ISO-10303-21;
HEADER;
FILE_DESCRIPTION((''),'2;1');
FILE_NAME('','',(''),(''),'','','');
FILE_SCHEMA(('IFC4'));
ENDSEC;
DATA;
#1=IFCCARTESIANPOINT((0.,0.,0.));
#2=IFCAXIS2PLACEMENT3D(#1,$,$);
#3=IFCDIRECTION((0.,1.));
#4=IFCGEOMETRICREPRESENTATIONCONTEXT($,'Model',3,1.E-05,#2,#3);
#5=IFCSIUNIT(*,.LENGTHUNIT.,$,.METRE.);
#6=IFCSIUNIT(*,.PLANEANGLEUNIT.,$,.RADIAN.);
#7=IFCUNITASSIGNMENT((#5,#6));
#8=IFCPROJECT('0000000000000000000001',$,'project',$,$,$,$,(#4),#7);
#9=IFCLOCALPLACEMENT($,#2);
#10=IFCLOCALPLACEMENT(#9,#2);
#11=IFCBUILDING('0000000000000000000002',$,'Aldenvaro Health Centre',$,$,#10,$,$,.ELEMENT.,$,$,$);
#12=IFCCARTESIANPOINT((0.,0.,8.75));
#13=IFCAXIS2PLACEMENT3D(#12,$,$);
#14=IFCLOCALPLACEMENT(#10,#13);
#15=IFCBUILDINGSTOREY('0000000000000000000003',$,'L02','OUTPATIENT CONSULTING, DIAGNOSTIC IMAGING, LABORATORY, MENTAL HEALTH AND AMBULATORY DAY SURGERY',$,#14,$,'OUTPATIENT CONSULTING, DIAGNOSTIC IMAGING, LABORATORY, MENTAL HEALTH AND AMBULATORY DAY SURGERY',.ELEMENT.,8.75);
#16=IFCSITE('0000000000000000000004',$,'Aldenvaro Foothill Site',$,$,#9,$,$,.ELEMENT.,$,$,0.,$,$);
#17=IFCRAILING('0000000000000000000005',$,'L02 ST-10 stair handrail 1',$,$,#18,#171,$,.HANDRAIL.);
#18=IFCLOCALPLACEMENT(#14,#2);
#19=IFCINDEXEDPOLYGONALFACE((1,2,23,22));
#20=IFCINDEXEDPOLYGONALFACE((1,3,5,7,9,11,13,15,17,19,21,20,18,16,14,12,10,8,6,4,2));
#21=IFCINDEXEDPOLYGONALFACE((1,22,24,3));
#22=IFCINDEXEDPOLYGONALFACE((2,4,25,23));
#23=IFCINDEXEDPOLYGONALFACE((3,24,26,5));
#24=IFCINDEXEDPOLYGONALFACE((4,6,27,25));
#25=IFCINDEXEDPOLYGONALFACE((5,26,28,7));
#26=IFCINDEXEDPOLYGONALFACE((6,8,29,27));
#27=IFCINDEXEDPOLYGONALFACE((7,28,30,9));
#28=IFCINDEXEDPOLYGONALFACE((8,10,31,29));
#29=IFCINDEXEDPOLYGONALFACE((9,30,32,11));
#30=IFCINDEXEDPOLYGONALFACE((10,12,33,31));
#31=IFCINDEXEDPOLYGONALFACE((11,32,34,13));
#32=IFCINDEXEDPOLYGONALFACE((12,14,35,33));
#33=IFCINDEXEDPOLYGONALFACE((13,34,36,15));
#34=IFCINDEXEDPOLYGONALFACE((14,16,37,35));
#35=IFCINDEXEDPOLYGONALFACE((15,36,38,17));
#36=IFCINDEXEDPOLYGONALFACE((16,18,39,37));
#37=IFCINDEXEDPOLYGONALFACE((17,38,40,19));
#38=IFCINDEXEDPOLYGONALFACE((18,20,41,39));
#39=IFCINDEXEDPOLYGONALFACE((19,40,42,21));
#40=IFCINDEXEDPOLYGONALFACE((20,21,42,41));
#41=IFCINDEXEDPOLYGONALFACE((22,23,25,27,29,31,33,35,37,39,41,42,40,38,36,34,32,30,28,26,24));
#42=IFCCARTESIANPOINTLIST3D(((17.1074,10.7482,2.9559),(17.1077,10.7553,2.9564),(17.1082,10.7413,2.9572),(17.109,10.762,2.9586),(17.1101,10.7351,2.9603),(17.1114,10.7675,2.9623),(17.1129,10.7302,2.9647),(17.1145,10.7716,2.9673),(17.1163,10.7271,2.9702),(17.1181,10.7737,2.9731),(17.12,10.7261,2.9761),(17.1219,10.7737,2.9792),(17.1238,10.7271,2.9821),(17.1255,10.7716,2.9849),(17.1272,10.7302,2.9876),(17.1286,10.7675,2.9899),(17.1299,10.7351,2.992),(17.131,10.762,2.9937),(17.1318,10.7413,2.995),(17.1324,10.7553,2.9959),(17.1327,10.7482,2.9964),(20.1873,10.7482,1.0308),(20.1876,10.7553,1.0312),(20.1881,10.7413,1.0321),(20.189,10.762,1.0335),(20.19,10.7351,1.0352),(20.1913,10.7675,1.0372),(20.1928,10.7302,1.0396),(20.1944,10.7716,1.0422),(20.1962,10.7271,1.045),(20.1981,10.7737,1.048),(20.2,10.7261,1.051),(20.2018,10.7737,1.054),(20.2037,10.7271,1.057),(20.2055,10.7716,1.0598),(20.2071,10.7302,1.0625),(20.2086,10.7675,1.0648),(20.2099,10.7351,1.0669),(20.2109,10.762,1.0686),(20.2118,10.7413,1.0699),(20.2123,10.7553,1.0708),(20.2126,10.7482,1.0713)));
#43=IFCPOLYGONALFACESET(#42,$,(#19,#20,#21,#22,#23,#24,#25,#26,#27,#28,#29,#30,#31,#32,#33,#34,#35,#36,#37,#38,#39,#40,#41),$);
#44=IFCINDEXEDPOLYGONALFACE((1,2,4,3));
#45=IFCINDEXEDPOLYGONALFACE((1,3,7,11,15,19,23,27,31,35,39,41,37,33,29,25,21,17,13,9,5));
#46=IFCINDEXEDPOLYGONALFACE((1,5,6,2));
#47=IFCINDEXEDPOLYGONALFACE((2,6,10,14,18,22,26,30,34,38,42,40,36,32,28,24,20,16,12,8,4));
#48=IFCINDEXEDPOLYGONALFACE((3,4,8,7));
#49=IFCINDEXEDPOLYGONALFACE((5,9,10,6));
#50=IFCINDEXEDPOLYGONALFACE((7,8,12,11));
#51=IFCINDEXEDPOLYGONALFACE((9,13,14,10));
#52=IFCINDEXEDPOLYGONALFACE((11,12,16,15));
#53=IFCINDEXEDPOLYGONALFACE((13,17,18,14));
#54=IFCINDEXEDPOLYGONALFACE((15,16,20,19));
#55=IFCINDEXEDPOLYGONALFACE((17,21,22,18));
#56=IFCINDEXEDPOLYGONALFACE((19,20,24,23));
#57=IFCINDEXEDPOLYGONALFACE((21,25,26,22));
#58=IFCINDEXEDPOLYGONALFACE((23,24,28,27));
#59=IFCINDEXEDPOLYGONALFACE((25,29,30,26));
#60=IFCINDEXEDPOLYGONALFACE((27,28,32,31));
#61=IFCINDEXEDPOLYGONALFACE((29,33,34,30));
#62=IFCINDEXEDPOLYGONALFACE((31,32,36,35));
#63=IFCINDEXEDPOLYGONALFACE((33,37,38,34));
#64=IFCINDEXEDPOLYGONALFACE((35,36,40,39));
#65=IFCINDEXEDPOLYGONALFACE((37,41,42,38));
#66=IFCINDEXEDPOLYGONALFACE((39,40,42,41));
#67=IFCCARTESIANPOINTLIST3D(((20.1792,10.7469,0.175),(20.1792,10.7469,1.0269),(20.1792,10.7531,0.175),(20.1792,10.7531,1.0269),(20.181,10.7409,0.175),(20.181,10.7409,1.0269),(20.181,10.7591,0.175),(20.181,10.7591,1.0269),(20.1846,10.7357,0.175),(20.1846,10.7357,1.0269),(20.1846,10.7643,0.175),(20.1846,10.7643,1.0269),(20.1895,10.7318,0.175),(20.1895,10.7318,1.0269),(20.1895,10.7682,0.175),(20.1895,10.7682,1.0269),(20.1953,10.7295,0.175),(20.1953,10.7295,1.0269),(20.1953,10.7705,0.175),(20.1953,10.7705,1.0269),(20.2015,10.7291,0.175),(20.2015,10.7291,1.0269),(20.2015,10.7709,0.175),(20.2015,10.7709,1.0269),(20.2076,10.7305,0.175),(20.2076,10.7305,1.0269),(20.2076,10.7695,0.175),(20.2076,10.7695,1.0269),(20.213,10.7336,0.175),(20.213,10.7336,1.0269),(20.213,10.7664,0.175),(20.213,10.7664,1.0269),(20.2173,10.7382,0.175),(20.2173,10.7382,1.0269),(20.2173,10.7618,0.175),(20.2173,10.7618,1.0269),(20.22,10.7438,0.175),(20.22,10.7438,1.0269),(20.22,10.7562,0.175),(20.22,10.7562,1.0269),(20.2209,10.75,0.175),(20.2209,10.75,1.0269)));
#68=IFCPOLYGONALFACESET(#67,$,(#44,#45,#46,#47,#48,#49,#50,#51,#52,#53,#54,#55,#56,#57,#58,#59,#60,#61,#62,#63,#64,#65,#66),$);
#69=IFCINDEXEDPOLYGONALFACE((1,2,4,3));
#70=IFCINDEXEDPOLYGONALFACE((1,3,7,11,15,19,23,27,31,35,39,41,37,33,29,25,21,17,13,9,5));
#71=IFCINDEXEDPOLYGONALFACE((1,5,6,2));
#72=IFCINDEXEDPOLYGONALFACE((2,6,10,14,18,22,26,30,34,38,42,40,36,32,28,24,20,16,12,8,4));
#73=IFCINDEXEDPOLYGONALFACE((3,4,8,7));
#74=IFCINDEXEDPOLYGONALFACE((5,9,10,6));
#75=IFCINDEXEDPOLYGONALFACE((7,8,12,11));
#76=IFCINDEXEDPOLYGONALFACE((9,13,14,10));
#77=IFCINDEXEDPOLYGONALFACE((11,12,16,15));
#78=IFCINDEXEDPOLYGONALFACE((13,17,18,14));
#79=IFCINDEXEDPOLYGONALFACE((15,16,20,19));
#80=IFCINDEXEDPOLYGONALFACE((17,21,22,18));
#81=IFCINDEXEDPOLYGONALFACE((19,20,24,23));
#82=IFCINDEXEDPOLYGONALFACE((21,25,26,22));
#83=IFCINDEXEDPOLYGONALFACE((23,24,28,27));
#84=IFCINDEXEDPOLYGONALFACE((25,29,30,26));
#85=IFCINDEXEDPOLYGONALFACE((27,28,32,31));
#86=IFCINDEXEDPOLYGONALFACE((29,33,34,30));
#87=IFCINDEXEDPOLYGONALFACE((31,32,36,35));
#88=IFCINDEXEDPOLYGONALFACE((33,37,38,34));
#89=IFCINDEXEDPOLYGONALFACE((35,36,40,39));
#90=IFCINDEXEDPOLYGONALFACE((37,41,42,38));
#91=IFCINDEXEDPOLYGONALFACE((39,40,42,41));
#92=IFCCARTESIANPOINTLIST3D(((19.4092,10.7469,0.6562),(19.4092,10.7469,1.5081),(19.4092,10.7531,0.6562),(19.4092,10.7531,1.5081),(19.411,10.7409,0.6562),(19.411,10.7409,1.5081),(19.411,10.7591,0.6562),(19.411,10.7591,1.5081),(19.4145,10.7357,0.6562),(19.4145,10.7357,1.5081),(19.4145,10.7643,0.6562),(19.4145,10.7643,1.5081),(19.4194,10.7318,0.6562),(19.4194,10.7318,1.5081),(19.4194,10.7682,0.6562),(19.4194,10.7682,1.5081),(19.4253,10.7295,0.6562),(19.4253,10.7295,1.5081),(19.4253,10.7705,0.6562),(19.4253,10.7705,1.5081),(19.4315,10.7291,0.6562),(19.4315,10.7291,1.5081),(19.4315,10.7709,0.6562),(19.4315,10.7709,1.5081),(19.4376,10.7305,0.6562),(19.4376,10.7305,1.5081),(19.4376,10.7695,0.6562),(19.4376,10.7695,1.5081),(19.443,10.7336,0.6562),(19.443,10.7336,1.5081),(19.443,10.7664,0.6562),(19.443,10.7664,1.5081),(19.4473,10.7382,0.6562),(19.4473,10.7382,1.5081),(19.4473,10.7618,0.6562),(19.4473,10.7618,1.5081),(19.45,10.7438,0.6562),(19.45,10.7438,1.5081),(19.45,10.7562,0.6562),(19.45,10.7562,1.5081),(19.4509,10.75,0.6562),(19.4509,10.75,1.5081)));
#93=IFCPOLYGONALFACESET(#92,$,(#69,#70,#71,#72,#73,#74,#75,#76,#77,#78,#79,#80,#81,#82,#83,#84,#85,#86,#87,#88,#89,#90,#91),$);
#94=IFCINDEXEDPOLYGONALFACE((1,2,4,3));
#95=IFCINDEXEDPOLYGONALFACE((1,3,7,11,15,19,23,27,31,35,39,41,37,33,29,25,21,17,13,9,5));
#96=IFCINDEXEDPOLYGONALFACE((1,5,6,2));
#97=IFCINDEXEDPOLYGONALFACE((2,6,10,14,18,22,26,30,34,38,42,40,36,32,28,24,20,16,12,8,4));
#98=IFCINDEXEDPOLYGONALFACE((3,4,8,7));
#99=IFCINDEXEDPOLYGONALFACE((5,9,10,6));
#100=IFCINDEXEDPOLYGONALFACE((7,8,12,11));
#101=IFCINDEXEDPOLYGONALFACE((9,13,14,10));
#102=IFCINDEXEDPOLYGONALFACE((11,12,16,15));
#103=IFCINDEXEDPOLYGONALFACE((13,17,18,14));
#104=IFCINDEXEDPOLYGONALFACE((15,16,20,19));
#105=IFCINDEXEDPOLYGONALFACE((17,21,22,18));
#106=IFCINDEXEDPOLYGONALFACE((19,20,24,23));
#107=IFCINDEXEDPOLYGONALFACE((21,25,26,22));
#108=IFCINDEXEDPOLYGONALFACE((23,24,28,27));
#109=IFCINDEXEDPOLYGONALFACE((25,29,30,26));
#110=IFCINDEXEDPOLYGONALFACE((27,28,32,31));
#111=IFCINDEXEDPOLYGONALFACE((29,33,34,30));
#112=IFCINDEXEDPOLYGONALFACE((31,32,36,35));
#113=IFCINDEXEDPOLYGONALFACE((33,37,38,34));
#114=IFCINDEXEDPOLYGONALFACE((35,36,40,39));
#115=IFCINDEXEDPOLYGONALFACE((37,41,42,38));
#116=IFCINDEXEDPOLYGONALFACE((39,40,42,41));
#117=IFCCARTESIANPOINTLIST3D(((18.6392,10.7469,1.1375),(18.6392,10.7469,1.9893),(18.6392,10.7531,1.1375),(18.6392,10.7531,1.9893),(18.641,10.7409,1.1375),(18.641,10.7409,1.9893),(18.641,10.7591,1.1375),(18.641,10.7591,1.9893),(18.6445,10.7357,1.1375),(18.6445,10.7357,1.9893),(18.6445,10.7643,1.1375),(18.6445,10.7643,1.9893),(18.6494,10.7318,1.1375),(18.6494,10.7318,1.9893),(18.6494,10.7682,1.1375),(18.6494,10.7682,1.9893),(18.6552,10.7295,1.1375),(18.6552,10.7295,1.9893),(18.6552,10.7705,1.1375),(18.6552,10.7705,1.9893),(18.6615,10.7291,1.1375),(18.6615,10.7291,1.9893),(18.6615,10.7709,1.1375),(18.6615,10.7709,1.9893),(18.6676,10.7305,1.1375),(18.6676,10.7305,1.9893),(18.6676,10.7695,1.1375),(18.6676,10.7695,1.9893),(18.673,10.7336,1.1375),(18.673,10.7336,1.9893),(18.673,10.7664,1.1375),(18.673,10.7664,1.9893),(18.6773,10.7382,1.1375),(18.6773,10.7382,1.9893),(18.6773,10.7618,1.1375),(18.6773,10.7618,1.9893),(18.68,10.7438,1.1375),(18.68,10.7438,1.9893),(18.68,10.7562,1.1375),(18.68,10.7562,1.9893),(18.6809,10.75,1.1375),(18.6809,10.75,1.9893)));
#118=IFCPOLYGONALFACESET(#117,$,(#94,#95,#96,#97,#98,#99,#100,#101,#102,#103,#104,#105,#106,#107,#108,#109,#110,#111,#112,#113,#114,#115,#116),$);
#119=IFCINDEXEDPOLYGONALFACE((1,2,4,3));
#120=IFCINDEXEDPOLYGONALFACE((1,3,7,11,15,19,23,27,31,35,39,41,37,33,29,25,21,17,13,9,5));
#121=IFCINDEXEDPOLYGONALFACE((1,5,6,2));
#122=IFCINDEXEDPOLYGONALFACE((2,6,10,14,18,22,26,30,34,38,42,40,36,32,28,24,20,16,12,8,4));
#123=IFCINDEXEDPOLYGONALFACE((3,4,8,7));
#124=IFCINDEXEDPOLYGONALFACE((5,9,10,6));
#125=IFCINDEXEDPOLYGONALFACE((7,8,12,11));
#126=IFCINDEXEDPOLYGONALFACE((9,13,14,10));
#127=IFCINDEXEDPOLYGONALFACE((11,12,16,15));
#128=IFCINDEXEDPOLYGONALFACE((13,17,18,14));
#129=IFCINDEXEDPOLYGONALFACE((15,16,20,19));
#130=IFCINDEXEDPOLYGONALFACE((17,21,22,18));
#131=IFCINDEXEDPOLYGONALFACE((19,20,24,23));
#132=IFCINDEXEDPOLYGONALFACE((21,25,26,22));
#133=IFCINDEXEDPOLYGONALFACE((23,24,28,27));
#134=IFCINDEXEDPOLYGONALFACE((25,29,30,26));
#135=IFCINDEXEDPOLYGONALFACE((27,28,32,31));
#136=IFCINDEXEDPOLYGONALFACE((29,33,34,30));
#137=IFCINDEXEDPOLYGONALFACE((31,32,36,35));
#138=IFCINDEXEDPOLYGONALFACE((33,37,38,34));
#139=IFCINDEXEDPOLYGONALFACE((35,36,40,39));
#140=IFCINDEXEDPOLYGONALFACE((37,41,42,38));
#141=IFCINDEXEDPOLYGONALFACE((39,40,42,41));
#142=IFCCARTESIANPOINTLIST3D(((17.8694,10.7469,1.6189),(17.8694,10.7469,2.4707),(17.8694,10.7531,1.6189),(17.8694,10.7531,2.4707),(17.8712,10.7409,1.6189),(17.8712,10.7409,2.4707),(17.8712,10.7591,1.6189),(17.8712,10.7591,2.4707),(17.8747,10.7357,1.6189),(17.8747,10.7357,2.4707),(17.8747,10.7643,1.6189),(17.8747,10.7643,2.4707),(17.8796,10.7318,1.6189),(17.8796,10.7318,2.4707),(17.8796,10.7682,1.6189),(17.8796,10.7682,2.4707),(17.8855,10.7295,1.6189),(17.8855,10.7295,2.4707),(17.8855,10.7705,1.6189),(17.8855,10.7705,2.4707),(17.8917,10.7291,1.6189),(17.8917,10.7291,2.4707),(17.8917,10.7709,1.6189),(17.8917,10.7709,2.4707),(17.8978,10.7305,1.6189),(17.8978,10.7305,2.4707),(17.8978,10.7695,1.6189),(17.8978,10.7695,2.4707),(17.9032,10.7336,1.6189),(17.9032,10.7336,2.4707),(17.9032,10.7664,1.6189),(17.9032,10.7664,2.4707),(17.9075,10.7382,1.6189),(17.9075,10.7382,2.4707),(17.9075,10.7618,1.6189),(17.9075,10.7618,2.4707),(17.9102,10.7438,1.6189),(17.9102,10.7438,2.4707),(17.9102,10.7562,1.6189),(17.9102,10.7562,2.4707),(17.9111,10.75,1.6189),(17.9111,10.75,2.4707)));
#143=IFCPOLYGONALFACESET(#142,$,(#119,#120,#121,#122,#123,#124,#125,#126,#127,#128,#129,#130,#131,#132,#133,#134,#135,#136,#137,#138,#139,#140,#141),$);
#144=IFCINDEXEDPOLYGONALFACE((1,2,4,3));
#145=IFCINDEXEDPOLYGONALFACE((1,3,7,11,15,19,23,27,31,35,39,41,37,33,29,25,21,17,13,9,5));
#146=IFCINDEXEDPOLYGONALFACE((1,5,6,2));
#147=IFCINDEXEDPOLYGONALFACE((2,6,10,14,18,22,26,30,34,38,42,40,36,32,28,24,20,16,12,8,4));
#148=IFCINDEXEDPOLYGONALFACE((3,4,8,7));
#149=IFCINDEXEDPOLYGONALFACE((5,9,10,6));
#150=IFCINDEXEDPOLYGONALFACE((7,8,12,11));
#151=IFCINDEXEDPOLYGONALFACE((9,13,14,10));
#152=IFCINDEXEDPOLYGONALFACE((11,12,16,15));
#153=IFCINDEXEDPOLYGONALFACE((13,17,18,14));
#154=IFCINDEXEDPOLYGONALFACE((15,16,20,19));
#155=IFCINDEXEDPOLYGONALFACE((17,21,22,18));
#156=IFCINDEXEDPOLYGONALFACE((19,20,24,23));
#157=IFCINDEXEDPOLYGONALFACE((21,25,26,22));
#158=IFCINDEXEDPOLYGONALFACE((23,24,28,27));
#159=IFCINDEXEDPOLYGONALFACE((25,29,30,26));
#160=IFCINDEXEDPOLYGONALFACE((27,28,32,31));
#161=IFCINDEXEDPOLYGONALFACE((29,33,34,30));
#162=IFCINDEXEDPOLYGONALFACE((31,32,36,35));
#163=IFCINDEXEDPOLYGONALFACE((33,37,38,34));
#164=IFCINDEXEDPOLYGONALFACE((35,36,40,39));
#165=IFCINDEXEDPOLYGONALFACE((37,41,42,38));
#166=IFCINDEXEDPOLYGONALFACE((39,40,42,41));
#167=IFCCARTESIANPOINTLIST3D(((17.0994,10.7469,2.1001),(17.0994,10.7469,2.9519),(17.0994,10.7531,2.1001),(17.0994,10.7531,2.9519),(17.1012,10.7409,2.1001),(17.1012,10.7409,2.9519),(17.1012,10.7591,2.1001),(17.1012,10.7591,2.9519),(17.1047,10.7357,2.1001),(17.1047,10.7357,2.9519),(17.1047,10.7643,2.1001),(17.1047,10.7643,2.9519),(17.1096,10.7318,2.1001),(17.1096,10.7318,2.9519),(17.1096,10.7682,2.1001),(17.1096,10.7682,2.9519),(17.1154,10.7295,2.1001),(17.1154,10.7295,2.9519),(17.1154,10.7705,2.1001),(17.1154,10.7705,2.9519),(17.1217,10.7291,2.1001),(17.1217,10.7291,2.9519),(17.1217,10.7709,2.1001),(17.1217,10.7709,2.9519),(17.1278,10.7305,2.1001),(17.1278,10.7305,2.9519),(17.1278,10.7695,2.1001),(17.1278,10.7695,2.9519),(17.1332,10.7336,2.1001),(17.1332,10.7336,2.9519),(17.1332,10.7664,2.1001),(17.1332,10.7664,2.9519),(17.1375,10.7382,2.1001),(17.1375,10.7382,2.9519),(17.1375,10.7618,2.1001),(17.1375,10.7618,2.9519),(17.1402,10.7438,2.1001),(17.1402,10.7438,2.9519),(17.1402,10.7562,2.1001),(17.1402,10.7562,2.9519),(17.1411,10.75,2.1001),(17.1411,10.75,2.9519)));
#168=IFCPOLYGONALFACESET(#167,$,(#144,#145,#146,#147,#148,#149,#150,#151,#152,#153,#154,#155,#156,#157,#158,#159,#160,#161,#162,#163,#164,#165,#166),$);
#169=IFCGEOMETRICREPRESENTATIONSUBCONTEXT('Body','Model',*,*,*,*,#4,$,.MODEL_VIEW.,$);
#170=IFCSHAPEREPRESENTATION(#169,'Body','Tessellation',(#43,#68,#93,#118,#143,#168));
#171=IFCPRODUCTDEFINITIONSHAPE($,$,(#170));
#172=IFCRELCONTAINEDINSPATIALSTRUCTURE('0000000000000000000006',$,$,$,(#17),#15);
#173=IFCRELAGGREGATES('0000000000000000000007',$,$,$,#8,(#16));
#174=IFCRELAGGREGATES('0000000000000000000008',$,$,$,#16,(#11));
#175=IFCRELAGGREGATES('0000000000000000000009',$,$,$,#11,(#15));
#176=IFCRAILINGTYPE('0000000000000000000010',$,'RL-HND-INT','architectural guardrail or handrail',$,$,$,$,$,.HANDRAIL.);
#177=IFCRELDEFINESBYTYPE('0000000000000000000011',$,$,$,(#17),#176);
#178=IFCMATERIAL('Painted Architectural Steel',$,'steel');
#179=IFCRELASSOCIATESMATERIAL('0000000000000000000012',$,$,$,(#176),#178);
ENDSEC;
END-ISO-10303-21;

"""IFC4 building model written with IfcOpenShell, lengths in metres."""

from ifc_helpers import new_model, si_unit, direction, frame, origin, origin_2d, place, context, subcontext, project, spatial, circle, extrude, material, type_object, element, save


model = new_model("IFC4")

# Units and contexts
model_context = context("Model", 3, precision=1e-05, world=origin(), true_north=direction((0.0, 1.0)))
body_context = subcontext(model_context, "Body", "Model", "MODEL_VIEW")
ifc_project = project(units=[si_unit("LENGTHUNIT", "METRE"), si_unit("PLANEANGLEUNIT", "RADIAN")], contexts=[model_context])

# Site, building, storey
site_placement = place(None, origin())
site = spatial("IfcSite", under=ifc_project, at=site_placement, Name="Aldenvaro Foothill Site", CompositionType="ELEMENT", RefElevation=0.0)
building_placement = place(site_placement, origin())
building = spatial("IfcBuilding", under=site, at=building_placement, Name="Aldenvaro Health Centre", CompositionType="ELEMENT")
storey_placement = place(building_placement, frame((0.0, 0.0, 8.75)))
storey = spatial("IfcBuildingStorey", under=building, at=storey_placement, Name="L02", Description="OUTPATIENT CONSULTING, DIAGNOSTIC IMAGING, LABORATORY, MENTAL HEALTH AND AMBULATORY DAY SURGERY", LongName="OUTPATIENT CONSULTING, DIAGNOSTIC IMAGING, LABORATORY, MENTAL HEALTH AND AMBULATORY DAY SURGERY", CompositionType="ELEMENT", Elevation=8.75)

# Railing
ifc_material_1 = material(Name="Painted Architectural Steel", Category="steel")
railing_type_1 = type_object("IfcRailingType", Name="RL-HND-INT", Description="architectural guardrail or handrail", PredefinedType="HANDRAIL", material=ifc_material_1)
railing_1_placement = place(storey_placement, frame((20.2, 10.75, 0.175)))
element("IfcRailing", 1, at=railing_1_placement, inside=storey, type_object=railing_type_1, Name="L02 ST-10 stair handrail 1", PredefinedType="HANDRAIL", context=body_context, shape_type="SweptSolid", body=[
    extrude(circle(Radius=0.0239, at=origin_2d()), frame((0.0, 0.0, 0.876), z_axis=(-0.847979, 0.0, 0.530029), x_axis=(0.0, -1.0, 0.0)), (0.0, 0.0, 1.0), 3.6321),
    extrude(circle(Radius=0.021, at=origin_2d()), origin(), (0.0, 0.0, 1.0), 0.8518),
    extrude(circle(Radius=0.021, at=origin_2d()), frame((-0.77, 0.0, 0.4812)), (0.0, 0.0, 1.0), 0.8518),
    extrude(circle(Radius=0.021, at=origin_2d()), frame((-1.54, 0.0, 0.9624)), (0.0, 0.0, 1.0), 0.8518),
    extrude(circle(Radius=0.021, at=origin_2d()), frame((-2.3098, 0.0, 1.4438)), (0.0, 0.0, 1.0), 0.8518),
    extrude(circle(Radius=0.021, at=origin_2d()), frame((-3.0798, 0.0, 1.925)), (0.0, 0.0, 1.0), 0.8518),
])

save(model, "model.ifc")
